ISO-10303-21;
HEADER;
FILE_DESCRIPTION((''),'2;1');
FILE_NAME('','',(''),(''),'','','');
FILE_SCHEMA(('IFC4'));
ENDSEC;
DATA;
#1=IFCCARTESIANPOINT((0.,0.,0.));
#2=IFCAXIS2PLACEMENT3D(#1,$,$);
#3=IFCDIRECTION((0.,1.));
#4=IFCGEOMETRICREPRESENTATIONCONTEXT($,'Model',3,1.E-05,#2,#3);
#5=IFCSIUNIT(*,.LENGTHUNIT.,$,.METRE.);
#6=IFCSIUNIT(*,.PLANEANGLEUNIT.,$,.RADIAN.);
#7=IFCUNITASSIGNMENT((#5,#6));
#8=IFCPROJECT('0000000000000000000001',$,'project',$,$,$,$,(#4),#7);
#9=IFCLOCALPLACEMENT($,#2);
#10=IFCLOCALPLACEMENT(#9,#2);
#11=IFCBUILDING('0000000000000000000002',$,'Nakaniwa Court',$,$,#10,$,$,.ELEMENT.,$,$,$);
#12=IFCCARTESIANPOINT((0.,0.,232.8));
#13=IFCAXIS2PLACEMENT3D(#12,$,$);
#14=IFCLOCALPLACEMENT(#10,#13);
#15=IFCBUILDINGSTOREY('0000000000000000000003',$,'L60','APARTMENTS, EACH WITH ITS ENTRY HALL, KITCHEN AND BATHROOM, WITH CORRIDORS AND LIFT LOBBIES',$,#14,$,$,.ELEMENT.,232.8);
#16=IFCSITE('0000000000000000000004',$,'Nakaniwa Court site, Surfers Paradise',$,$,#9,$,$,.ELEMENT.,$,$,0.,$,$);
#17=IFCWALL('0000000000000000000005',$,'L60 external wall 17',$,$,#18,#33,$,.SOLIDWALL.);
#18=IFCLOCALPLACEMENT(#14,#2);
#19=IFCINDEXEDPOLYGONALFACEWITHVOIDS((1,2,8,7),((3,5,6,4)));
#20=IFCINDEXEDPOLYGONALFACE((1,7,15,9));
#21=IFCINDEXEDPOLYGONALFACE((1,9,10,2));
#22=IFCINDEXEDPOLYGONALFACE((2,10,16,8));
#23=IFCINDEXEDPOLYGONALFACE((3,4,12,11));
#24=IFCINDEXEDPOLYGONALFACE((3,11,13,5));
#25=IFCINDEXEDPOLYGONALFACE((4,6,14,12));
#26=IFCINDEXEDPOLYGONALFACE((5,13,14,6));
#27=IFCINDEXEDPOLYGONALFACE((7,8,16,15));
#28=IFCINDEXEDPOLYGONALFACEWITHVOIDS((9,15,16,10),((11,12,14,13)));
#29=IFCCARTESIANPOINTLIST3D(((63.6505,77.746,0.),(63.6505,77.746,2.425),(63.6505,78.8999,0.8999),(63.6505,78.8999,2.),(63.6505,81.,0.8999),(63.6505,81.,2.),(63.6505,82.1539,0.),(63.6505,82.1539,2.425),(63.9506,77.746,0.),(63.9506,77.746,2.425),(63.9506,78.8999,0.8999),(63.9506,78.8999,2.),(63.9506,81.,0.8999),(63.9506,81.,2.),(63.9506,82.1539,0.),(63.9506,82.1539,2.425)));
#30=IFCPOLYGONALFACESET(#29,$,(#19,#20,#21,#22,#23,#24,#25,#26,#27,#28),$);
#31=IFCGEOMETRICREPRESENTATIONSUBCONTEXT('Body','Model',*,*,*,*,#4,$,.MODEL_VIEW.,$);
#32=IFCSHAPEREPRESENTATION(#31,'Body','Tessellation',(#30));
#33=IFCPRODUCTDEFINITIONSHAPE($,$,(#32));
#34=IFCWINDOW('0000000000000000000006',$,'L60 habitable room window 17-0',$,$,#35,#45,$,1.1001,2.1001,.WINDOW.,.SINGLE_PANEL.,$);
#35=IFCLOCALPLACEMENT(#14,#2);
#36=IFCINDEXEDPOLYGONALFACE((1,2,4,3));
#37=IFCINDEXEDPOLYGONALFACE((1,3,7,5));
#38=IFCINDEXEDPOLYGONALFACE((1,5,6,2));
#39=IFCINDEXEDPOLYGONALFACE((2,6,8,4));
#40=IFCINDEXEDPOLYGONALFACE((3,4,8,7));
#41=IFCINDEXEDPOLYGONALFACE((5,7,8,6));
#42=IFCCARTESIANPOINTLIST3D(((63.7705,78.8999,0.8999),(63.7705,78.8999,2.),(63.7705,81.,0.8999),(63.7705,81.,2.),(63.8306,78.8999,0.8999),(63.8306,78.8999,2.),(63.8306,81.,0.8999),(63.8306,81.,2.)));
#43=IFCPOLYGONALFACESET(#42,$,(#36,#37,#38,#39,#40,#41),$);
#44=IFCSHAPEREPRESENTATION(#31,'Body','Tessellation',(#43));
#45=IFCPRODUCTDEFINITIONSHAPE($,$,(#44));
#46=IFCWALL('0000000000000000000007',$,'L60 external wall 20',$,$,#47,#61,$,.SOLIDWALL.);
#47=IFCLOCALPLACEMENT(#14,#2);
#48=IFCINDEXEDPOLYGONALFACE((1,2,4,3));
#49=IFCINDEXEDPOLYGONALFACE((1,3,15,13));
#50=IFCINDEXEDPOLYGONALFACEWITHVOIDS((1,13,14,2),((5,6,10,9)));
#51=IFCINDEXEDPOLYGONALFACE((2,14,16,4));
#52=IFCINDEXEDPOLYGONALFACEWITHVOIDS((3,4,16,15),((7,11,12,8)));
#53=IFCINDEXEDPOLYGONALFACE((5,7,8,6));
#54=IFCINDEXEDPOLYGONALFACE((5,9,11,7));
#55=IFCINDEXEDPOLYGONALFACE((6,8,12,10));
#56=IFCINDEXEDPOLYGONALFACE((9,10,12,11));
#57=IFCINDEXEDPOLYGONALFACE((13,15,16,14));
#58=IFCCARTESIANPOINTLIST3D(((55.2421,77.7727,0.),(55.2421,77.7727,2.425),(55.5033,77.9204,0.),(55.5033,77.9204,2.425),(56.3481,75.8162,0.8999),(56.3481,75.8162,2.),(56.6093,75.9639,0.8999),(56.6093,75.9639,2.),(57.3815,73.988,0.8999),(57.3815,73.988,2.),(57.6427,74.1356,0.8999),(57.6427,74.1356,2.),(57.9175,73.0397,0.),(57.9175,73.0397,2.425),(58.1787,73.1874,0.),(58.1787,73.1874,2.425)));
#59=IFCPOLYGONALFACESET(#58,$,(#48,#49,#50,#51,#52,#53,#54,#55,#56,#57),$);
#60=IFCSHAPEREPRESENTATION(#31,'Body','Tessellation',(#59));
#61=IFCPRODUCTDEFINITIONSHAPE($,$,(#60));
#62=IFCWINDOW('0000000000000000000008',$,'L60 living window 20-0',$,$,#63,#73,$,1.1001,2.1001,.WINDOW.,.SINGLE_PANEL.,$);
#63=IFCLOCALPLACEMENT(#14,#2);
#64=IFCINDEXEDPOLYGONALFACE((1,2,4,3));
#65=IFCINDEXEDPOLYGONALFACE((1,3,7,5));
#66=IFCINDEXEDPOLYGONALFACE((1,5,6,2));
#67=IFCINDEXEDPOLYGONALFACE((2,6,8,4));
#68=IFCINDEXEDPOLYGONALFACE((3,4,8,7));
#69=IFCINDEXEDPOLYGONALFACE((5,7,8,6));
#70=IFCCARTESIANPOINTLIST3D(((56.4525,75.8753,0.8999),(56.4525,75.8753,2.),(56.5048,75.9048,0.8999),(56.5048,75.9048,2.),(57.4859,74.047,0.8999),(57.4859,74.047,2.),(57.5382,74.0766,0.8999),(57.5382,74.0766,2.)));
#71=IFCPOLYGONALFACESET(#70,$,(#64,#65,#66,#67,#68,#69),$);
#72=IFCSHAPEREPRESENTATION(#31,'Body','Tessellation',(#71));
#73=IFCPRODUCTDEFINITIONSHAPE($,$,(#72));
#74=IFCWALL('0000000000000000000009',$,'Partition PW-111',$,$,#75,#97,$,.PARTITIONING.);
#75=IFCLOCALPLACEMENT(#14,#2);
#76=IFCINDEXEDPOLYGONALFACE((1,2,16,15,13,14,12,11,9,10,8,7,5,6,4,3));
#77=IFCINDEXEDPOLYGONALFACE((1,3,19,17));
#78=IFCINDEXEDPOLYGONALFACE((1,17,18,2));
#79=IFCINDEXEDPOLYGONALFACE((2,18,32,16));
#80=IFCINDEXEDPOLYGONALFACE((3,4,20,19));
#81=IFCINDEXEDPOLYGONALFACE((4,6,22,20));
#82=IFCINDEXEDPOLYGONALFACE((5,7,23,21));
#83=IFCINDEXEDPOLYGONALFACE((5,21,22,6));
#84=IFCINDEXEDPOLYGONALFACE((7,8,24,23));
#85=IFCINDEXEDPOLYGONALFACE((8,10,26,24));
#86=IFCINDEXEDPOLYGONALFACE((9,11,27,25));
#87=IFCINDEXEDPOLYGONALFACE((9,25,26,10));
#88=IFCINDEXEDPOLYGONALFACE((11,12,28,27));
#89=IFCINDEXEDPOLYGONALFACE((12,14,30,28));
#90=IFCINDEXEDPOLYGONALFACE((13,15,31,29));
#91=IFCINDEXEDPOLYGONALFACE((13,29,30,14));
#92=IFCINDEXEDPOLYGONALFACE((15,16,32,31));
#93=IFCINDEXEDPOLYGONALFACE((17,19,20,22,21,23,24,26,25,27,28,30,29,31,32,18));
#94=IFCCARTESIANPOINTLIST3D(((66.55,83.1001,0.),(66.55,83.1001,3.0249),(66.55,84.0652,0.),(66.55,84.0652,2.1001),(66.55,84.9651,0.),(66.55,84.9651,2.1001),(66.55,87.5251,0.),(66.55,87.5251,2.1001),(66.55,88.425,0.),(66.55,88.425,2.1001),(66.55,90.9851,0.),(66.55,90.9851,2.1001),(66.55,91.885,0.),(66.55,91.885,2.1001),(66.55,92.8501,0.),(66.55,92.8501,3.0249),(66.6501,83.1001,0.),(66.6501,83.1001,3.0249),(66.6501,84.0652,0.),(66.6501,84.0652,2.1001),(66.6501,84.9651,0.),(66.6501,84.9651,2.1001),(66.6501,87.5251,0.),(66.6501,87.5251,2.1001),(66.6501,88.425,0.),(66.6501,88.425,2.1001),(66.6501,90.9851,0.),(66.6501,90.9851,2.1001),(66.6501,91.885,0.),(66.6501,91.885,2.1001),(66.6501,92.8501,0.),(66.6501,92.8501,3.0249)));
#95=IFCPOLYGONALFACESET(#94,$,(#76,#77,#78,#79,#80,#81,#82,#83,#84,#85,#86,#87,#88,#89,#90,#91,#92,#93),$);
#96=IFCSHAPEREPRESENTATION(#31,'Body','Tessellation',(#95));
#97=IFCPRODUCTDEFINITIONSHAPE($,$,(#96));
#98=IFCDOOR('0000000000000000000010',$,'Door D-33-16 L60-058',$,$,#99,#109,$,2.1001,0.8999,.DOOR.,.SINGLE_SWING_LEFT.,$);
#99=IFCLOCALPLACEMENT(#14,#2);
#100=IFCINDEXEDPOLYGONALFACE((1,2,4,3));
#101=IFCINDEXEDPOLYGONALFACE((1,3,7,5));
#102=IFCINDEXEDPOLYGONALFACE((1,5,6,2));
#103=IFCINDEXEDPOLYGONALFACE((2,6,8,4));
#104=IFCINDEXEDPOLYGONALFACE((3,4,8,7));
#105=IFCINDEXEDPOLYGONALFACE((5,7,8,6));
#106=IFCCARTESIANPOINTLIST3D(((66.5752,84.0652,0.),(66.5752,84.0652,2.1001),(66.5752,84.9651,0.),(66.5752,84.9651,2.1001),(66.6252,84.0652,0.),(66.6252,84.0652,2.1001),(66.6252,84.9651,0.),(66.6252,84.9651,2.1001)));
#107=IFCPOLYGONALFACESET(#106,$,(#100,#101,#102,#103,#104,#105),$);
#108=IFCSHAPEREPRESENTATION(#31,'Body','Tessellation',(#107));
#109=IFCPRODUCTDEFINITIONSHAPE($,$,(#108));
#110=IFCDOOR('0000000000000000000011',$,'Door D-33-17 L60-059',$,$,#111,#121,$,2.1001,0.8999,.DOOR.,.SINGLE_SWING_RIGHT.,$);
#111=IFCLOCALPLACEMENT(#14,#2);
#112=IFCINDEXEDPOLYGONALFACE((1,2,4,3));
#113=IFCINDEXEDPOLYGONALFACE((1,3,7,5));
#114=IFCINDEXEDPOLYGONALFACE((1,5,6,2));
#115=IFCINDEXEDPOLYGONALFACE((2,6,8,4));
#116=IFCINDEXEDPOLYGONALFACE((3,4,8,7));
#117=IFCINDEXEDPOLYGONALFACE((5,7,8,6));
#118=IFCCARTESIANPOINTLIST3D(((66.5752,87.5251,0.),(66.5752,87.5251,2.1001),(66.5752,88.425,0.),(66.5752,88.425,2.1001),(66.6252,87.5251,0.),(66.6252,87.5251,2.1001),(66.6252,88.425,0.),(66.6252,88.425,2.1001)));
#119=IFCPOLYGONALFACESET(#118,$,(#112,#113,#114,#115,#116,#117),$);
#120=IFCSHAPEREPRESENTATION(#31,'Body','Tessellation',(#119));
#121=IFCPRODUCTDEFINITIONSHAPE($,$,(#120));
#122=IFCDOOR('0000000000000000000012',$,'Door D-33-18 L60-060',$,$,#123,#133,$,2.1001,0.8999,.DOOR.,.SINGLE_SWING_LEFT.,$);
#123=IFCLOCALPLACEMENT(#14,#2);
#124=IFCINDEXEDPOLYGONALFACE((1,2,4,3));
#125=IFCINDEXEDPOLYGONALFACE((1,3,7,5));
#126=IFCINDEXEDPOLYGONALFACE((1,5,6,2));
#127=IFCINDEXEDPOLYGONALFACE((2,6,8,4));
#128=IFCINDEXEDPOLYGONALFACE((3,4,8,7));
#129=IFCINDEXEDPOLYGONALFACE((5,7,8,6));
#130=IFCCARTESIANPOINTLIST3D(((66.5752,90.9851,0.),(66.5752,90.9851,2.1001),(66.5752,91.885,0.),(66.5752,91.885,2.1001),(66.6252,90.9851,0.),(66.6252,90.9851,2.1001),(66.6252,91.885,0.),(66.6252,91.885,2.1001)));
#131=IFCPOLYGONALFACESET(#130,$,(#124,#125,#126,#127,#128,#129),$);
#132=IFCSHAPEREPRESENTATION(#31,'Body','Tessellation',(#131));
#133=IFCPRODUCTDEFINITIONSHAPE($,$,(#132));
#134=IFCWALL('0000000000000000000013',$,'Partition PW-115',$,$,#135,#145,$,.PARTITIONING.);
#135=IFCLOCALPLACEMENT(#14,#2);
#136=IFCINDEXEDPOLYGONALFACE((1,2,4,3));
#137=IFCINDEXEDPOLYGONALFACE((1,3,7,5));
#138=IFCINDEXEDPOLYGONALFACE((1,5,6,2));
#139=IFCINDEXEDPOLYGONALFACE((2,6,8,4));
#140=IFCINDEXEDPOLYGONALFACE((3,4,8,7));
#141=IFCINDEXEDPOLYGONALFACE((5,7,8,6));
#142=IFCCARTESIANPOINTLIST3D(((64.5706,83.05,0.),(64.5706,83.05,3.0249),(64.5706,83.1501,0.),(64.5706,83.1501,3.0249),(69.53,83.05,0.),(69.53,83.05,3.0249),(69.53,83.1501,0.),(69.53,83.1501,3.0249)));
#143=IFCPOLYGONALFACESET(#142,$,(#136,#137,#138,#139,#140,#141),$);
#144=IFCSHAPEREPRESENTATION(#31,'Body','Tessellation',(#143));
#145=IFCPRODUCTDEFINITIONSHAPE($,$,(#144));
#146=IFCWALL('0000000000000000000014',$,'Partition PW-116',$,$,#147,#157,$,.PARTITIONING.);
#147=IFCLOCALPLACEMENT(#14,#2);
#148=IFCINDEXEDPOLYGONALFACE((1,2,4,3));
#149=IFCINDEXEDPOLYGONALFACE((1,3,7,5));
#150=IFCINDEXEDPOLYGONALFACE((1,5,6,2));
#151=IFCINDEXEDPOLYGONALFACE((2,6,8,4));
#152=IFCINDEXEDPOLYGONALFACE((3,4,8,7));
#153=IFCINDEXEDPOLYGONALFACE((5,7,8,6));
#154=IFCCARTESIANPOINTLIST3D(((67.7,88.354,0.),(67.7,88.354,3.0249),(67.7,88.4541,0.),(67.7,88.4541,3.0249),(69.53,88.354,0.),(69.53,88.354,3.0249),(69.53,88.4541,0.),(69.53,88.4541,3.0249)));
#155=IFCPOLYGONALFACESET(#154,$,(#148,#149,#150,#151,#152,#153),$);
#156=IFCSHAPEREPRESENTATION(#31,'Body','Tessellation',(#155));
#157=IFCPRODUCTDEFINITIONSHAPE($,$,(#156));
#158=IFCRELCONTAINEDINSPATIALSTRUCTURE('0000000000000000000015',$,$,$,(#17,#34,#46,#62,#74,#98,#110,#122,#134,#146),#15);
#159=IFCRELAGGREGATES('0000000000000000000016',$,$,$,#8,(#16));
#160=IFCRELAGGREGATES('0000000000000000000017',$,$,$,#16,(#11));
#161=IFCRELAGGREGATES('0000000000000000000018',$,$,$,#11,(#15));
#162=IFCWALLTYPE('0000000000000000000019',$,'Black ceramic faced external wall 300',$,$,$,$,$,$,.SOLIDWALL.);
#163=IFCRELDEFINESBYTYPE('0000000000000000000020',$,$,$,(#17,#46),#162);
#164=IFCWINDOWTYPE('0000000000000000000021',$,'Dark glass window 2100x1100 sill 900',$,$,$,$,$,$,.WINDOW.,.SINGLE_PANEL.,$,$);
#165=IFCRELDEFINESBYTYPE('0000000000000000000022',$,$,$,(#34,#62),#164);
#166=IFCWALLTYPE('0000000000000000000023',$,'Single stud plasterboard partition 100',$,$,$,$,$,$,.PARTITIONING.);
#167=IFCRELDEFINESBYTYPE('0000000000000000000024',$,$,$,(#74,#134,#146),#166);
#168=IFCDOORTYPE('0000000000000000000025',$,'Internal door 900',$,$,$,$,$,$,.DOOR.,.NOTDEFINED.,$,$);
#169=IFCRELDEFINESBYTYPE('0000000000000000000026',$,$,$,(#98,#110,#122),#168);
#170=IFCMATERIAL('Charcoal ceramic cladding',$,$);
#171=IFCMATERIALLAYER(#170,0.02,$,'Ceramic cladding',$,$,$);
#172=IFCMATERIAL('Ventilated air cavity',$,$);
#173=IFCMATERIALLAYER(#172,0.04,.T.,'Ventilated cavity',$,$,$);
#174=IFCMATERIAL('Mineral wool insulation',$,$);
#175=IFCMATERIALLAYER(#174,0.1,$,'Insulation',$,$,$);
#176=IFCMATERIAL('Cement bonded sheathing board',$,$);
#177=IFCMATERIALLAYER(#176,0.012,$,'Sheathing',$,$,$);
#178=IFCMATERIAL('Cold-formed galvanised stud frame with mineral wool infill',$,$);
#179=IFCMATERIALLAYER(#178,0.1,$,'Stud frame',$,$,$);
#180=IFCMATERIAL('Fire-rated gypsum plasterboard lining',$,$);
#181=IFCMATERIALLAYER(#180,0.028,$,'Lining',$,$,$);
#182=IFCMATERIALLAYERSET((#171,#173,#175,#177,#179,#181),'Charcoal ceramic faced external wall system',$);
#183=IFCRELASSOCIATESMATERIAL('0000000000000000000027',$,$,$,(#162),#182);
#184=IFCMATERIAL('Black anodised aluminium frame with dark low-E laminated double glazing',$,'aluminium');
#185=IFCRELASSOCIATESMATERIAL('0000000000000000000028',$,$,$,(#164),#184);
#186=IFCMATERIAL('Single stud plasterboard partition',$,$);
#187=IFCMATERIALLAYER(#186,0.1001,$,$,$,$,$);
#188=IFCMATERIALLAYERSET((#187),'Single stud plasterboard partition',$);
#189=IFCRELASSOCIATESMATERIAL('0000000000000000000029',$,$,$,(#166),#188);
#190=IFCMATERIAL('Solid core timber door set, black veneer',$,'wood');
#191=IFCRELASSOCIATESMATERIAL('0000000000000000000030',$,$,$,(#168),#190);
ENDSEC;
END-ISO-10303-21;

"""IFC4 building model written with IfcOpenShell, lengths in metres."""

from ifc_helpers import new_model, si_unit, direction, frame, frame_2d, origin, place, context, subcontext, project, spatial, rectangle, extrude, material, layer, layer_set, type_object, element, fill, save


model = new_model("IFC4")

# Units and contexts
model_context = context("Model", 3, precision=1e-05, world=origin(), true_north=direction((0.0, 1.0)))
body_context = subcontext(model_context, "Body", "Model", "MODEL_VIEW")
ifc_project = project(units=[si_unit("LENGTHUNIT", "METRE"), si_unit("PLANEANGLEUNIT", "RADIAN")], contexts=[model_context])

# Site, building, storey
site_placement = place(None, origin())
site = spatial("IfcSite", under=ifc_project, at=site_placement, Name="Nakaniwa Court site, Surfers Paradise", CompositionType="ELEMENT", RefElevation=0.0)
building_placement = place(site_placement, origin())
building = spatial("IfcBuilding", under=site, at=building_placement, Name="Nakaniwa Court", CompositionType="ELEMENT")
storey_placement = place(building_placement, frame((0.0, 0.0, 232.8)))
storey = spatial("IfcBuildingStorey", under=building, at=storey_placement, Name="L60", Description="APARTMENTS, EACH WITH ITS ENTRY HALL, KITCHEN AND BATHROOM, WITH CORRIDORS AND LIFT LOBBIES", CompositionType="ELEMENT", Elevation=232.8)

# Shared definitions
ifc_material_1 = material(Name="Charcoal ceramic cladding")
ifc_layer_1 = layer(ifc_material_1, 0.02, Name="Ceramic cladding")
ifc_material_2 = material(Name="Ventilated air cavity")
ifc_layer_2 = layer(ifc_material_2, 0.04, ventilated=True, Name="Ventilated cavity")
ifc_material_3 = material(Name="Mineral wool insulation")
ifc_layer_3 = layer(ifc_material_3, 0.1, Name="Insulation")
ifc_material_4 = material(Name="Cement bonded sheathing board")
ifc_layer_4 = layer(ifc_material_4, 0.012, Name="Sheathing")
ifc_material_5 = material(Name="Cold-formed galvanised stud frame with mineral wool infill")
ifc_layer_5 = layer(ifc_material_5, 0.1, Name="Stud frame")
ifc_material_6 = material(Name="Fire-rated gypsum plasterboard lining")
ifc_layer_6 = layer(ifc_material_6, 0.028, Name="Lining")
ifc_layer_set_1 = layer_set([ifc_layer_1, ifc_layer_2, ifc_layer_3, ifc_layer_4, ifc_layer_5, ifc_layer_6], Name="Charcoal ceramic faced external wall system")
wall_type_1 = type_object("IfcWallType", Name="Black ceramic faced external wall 300", PredefinedType="SOLIDWALL", material=ifc_layer_set_1)
ifc_material_7 = material(Name="Black anodised aluminium frame with dark low-E laminated double glazing", Category="aluminium")

# Walls, openings, windows
wall_1_placement = place(storey_placement, frame((63.8005, 82.1541, 0.0), z_axis=(0.0, 0.0, 1.0), x_axis=(0.0, -1.0, 0.0)))
wall_1 = element("IfcWall", 1, at=wall_1_placement, inside=storey, type_object=wall_type_1, Name="L60 external wall 17", PredefinedType="SOLIDWALL", context=body_context, shape_type="SweptSolid", body=[
    extrude(rectangle(XDim=4.408, YDim=0.3, at=frame_2d((2.2041, 0.0))), origin(), (0.0, 0.0, 1.0), 2.425),
])
opening_1_placement = place(wall_1_placement, frame((1.1541, 0.0, 0.8999)))
opening_1 = element("IfcOpeningElement", 2, at=opening_1_placement, cuts=wall_1, PredefinedType="OPENING", context=body_context, shape_type="SweptSolid", body=[
    extrude(rectangle(XDim=2.1001, YDim=1.1001, at=frame_2d((1.05, 0.55))), frame((0.0, 0.1599, 0.0), z_axis=(0.0, -1.0, 0.0), x_axis=(1.0, 0.0, 0.0)), (0.0, 0.0, 1.0), 0.3201),
])
window_type_1 = type_object("IfcWindowType", Name="Dark glass window 2100x1100 sill 900", PartitioningType="SINGLE_PANEL", PredefinedType="WINDOW", material=ifc_material_7)
window_1_placement = place(opening_1_placement, origin())
window_1 = element("IfcWindow", 3, at=window_1_placement, inside=storey, type_object=window_type_1, Name="L60 habitable room window 17-0", OverallHeight=1.1001, OverallWidth=2.1001, PartitioningType="SINGLE_PANEL", PredefinedType="WINDOW", context=body_context, shape_type="SweptSolid", body=[
    extrude(rectangle(XDim=2.1001, YDim=1.1001, at=frame_2d((1.05, 0.55))), frame((0.0, 0.03, 0.0), z_axis=(0.0, -1.0, 0.0), x_axis=(1.0, 0.0, 0.0)), (0.0, 0.0, 1.0), 0.0601),
])
fill(opening_1, window_1)
wall_2_placement = place(storey_placement, frame((55.3728, 77.8464, 0.0), z_axis=(0.0, 0.0, 1.0), x_axis=(0.492081, -0.870549, 0.0)))
wall_2 = element("IfcWall", 4, at=wall_2_placement, inside=storey, type_object=wall_type_1, Name="L60 external wall 20", PredefinedType="SOLIDWALL", context=body_context, shape_type="SweptSolid", body=[
    extrude(rectangle(XDim=5.4368, YDim=0.3, at=frame_2d((2.7183, 0.0))), origin(), (0.0, 0.0, 1.0), 2.425),
])
opening_2_placement = place(wall_2_placement, frame((2.2473, 0.0, 0.8999)))
opening_2 = element("IfcOpeningElement", 5, at=opening_2_placement, cuts=wall_2, PredefinedType="OPENING", context=body_context, shape_type="SweptSolid", body=[
    extrude(rectangle(XDim=2.1001, YDim=1.1001, at=frame_2d((1.05, 0.55))), frame((0.0, 0.1599, 0.0), z_axis=(0.0, -1.0, 0.0), x_axis=(1.0, 0.0, 0.0)), (0.0, 0.0, 1.0), 0.3201),
])
window_2_placement = place(opening_2_placement, origin())
window_2 = element("IfcWindow", 6, at=window_2_placement, inside=storey, type_object=window_type_1, Name="L60 living window 20-0", OverallHeight=1.1001, OverallWidth=2.1001, PartitioningType="SINGLE_PANEL", PredefinedType="WINDOW", context=body_context, shape_type="SweptSolid", body=[
    extrude(rectangle(XDim=2.1001, YDim=1.1001, at=frame_2d((1.05, 0.55))), frame((0.0, 0.03, 0.0), z_axis=(0.0, -1.0, 0.0), x_axis=(1.0, 0.0, 0.0)), (0.0, 0.0, 1.0), 0.0601),
])
fill(opening_2, window_2)

# Wall, openings, doors
ifc_material_8 = material(Name="Single stud plasterboard partition")
ifc_layer_7 = layer(ifc_material_8, 0.1001)
ifc_layer_set_2 = layer_set([ifc_layer_7], Name="Single stud plasterboard partition")
wall_type_2 = type_object("IfcWallType", Name="Single stud plasterboard partition 100", PredefinedType="PARTITIONING", material=ifc_layer_set_2)
wall_3_placement = place(storey_placement, frame((66.6001, 83.1001, 0.0), z_axis=(0.0, 0.0, 1.0), x_axis=(0.0, 1.0, 0.0)))
wall_3 = element("IfcWall", 7, at=wall_3_placement, inside=storey, type_object=wall_type_2, Name="Partition PW-111", PredefinedType="PARTITIONING", context=body_context, shape_type="SweptSolid", body=[
    extrude(rectangle(XDim=9.75, YDim=0.1001, at=frame_2d((4.875, 0.0))), origin(), (0.0, 0.0, 1.0), 3.0249),
])
opening_3_placement = place(wall_3_placement, frame((0.9651, 0.0, 0.0)))
opening_3 = element("IfcOpeningElement", 8, at=opening_3_placement, cuts=wall_3, PredefinedType="OPENING", context=body_context, shape_type="SweptSolid", body=[
    extrude(rectangle(XDim=0.8999, YDim=2.1001, at=frame_2d((0.45, 1.05))), frame((0.0, 0.0601, 0.0), z_axis=(0.0, -1.0, 0.0), x_axis=(1.0, 0.0, 0.0)), (0.0, 0.0, 1.0), 0.1201),
])
opening_4_placement = place(wall_3_placement, frame((4.425, 0.0, 0.0)))
opening_4 = element("IfcOpeningElement", 9, at=opening_4_placement, cuts=wall_3, PredefinedType="OPENING", context=body_context, shape_type="SweptSolid", body=[
    extrude(rectangle(XDim=0.8999, YDim=2.1001, at=frame_2d((0.45, 1.05))), frame((0.0, 0.0601, 0.0), z_axis=(0.0, -1.0, 0.0), x_axis=(1.0, 0.0, 0.0)), (0.0, 0.0, 1.0), 0.1201),
])
opening_5_placement = place(wall_3_placement, frame((7.885, 0.0, 0.0)))
opening_5 = element("IfcOpeningElement", 10, at=opening_5_placement, cuts=wall_3, PredefinedType="OPENING", context=body_context, shape_type="SweptSolid", body=[
    extrude(rectangle(XDim=0.8999, YDim=2.1001, at=frame_2d((0.45, 1.05))), frame((0.0, 0.0601, 0.0), z_axis=(0.0, -1.0, 0.0), x_axis=(1.0, 0.0, 0.0)), (0.0, 0.0, 1.0), 0.1201),
])
ifc_material_9 = material(Name="Solid core timber door set, black veneer", Category="wood")
door_type = type_object("IfcDoorType", Name="Internal door 900", OperationType="NOTDEFINED", PredefinedType="DOOR", material=ifc_material_9)
door_1_placement = place(opening_3_placement, origin())
door_1 = element("IfcDoor", 11, at=door_1_placement, inside=storey, type_object=door_type, Name="Door D-33-16 L60-058", OperationType="SINGLE_SWING_LEFT", OverallHeight=2.1001, OverallWidth=0.8999, PredefinedType="DOOR", context=body_context, shape_type="SweptSolid", body=[
    extrude(rectangle(XDim=0.8999, YDim=2.1001, at=frame_2d((0.45, 1.05))), frame((0.0, 0.0249, 0.0), z_axis=(0.0, -1.0, 0.0), x_axis=(1.0, 0.0, 0.0)), (0.0, 0.0, 1.0), 0.05),
])
fill(opening_3, door_1)
door_2_placement = place(opening_4_placement, origin())
door_2 = element("IfcDoor", 12, at=door_2_placement, inside=storey, type_object=door_type, Name="Door D-33-17 L60-059", OperationType="SINGLE_SWING_RIGHT", OverallHeight=2.1001, OverallWidth=0.8999, PredefinedType="DOOR", context=body_context, shape_type="SweptSolid", body=[
    extrude(rectangle(XDim=0.8999, YDim=2.1001, at=frame_2d((0.45, 1.05))), frame((0.0, 0.0249, 0.0), z_axis=(0.0, -1.0, 0.0), x_axis=(1.0, 0.0, 0.0)), (0.0, 0.0, 1.0), 0.05),
])
fill(opening_4, door_2)
door_3_placement = place(opening_5_placement, origin())
door_3 = element("IfcDoor", 13, at=door_3_placement, inside=storey, type_object=door_type, Name="Door D-33-18 L60-060", OperationType="SINGLE_SWING_LEFT", OverallHeight=2.1001, OverallWidth=0.8999, PredefinedType="DOOR", context=body_context, shape_type="SweptSolid", body=[
    extrude(rectangle(XDim=0.8999, YDim=2.1001, at=frame_2d((0.45, 1.05))), frame((0.0, 0.0249, 0.0), z_axis=(0.0, -1.0, 0.0), x_axis=(1.0, 0.0, 0.0)), (0.0, 0.0, 1.0), 0.05),
])
fill(opening_5, door_3)

# Walls
wall_4_placement = place(storey_placement, frame((64.5706, 83.1001, 0.0), z_axis=(0.0, 0.0, 1.0), x_axis=(1.0, 0.0, 0.0)))
element("IfcWall", 14, at=wall_4_placement, inside=storey, type_object=wall_type_2, Name="Partition PW-115", PredefinedType="PARTITIONING", context=body_context, shape_type="SweptSolid", body=[
    extrude(rectangle(XDim=4.9595, YDim=0.1001, at=frame_2d((2.4797, 0.0))), origin(), (0.0, 0.0, 1.0), 3.0249),
])
wall_5_placement = place(storey_placement, frame((67.7, 88.4041, 0.0), z_axis=(0.0, 0.0, 1.0), x_axis=(1.0, 0.0, 0.0)))
element("IfcWall", 15, at=wall_5_placement, inside=storey, type_object=wall_type_2, Name="Partition PW-116", PredefinedType="PARTITIONING", context=body_context, shape_type="SweptSolid", body=[
    extrude(rectangle(XDim=1.8301, YDim=0.1001, at=frame_2d((0.915, 0.0))), origin(), (0.0, 0.0, 1.0), 3.0249),
])

save(model, "model.ifc")
